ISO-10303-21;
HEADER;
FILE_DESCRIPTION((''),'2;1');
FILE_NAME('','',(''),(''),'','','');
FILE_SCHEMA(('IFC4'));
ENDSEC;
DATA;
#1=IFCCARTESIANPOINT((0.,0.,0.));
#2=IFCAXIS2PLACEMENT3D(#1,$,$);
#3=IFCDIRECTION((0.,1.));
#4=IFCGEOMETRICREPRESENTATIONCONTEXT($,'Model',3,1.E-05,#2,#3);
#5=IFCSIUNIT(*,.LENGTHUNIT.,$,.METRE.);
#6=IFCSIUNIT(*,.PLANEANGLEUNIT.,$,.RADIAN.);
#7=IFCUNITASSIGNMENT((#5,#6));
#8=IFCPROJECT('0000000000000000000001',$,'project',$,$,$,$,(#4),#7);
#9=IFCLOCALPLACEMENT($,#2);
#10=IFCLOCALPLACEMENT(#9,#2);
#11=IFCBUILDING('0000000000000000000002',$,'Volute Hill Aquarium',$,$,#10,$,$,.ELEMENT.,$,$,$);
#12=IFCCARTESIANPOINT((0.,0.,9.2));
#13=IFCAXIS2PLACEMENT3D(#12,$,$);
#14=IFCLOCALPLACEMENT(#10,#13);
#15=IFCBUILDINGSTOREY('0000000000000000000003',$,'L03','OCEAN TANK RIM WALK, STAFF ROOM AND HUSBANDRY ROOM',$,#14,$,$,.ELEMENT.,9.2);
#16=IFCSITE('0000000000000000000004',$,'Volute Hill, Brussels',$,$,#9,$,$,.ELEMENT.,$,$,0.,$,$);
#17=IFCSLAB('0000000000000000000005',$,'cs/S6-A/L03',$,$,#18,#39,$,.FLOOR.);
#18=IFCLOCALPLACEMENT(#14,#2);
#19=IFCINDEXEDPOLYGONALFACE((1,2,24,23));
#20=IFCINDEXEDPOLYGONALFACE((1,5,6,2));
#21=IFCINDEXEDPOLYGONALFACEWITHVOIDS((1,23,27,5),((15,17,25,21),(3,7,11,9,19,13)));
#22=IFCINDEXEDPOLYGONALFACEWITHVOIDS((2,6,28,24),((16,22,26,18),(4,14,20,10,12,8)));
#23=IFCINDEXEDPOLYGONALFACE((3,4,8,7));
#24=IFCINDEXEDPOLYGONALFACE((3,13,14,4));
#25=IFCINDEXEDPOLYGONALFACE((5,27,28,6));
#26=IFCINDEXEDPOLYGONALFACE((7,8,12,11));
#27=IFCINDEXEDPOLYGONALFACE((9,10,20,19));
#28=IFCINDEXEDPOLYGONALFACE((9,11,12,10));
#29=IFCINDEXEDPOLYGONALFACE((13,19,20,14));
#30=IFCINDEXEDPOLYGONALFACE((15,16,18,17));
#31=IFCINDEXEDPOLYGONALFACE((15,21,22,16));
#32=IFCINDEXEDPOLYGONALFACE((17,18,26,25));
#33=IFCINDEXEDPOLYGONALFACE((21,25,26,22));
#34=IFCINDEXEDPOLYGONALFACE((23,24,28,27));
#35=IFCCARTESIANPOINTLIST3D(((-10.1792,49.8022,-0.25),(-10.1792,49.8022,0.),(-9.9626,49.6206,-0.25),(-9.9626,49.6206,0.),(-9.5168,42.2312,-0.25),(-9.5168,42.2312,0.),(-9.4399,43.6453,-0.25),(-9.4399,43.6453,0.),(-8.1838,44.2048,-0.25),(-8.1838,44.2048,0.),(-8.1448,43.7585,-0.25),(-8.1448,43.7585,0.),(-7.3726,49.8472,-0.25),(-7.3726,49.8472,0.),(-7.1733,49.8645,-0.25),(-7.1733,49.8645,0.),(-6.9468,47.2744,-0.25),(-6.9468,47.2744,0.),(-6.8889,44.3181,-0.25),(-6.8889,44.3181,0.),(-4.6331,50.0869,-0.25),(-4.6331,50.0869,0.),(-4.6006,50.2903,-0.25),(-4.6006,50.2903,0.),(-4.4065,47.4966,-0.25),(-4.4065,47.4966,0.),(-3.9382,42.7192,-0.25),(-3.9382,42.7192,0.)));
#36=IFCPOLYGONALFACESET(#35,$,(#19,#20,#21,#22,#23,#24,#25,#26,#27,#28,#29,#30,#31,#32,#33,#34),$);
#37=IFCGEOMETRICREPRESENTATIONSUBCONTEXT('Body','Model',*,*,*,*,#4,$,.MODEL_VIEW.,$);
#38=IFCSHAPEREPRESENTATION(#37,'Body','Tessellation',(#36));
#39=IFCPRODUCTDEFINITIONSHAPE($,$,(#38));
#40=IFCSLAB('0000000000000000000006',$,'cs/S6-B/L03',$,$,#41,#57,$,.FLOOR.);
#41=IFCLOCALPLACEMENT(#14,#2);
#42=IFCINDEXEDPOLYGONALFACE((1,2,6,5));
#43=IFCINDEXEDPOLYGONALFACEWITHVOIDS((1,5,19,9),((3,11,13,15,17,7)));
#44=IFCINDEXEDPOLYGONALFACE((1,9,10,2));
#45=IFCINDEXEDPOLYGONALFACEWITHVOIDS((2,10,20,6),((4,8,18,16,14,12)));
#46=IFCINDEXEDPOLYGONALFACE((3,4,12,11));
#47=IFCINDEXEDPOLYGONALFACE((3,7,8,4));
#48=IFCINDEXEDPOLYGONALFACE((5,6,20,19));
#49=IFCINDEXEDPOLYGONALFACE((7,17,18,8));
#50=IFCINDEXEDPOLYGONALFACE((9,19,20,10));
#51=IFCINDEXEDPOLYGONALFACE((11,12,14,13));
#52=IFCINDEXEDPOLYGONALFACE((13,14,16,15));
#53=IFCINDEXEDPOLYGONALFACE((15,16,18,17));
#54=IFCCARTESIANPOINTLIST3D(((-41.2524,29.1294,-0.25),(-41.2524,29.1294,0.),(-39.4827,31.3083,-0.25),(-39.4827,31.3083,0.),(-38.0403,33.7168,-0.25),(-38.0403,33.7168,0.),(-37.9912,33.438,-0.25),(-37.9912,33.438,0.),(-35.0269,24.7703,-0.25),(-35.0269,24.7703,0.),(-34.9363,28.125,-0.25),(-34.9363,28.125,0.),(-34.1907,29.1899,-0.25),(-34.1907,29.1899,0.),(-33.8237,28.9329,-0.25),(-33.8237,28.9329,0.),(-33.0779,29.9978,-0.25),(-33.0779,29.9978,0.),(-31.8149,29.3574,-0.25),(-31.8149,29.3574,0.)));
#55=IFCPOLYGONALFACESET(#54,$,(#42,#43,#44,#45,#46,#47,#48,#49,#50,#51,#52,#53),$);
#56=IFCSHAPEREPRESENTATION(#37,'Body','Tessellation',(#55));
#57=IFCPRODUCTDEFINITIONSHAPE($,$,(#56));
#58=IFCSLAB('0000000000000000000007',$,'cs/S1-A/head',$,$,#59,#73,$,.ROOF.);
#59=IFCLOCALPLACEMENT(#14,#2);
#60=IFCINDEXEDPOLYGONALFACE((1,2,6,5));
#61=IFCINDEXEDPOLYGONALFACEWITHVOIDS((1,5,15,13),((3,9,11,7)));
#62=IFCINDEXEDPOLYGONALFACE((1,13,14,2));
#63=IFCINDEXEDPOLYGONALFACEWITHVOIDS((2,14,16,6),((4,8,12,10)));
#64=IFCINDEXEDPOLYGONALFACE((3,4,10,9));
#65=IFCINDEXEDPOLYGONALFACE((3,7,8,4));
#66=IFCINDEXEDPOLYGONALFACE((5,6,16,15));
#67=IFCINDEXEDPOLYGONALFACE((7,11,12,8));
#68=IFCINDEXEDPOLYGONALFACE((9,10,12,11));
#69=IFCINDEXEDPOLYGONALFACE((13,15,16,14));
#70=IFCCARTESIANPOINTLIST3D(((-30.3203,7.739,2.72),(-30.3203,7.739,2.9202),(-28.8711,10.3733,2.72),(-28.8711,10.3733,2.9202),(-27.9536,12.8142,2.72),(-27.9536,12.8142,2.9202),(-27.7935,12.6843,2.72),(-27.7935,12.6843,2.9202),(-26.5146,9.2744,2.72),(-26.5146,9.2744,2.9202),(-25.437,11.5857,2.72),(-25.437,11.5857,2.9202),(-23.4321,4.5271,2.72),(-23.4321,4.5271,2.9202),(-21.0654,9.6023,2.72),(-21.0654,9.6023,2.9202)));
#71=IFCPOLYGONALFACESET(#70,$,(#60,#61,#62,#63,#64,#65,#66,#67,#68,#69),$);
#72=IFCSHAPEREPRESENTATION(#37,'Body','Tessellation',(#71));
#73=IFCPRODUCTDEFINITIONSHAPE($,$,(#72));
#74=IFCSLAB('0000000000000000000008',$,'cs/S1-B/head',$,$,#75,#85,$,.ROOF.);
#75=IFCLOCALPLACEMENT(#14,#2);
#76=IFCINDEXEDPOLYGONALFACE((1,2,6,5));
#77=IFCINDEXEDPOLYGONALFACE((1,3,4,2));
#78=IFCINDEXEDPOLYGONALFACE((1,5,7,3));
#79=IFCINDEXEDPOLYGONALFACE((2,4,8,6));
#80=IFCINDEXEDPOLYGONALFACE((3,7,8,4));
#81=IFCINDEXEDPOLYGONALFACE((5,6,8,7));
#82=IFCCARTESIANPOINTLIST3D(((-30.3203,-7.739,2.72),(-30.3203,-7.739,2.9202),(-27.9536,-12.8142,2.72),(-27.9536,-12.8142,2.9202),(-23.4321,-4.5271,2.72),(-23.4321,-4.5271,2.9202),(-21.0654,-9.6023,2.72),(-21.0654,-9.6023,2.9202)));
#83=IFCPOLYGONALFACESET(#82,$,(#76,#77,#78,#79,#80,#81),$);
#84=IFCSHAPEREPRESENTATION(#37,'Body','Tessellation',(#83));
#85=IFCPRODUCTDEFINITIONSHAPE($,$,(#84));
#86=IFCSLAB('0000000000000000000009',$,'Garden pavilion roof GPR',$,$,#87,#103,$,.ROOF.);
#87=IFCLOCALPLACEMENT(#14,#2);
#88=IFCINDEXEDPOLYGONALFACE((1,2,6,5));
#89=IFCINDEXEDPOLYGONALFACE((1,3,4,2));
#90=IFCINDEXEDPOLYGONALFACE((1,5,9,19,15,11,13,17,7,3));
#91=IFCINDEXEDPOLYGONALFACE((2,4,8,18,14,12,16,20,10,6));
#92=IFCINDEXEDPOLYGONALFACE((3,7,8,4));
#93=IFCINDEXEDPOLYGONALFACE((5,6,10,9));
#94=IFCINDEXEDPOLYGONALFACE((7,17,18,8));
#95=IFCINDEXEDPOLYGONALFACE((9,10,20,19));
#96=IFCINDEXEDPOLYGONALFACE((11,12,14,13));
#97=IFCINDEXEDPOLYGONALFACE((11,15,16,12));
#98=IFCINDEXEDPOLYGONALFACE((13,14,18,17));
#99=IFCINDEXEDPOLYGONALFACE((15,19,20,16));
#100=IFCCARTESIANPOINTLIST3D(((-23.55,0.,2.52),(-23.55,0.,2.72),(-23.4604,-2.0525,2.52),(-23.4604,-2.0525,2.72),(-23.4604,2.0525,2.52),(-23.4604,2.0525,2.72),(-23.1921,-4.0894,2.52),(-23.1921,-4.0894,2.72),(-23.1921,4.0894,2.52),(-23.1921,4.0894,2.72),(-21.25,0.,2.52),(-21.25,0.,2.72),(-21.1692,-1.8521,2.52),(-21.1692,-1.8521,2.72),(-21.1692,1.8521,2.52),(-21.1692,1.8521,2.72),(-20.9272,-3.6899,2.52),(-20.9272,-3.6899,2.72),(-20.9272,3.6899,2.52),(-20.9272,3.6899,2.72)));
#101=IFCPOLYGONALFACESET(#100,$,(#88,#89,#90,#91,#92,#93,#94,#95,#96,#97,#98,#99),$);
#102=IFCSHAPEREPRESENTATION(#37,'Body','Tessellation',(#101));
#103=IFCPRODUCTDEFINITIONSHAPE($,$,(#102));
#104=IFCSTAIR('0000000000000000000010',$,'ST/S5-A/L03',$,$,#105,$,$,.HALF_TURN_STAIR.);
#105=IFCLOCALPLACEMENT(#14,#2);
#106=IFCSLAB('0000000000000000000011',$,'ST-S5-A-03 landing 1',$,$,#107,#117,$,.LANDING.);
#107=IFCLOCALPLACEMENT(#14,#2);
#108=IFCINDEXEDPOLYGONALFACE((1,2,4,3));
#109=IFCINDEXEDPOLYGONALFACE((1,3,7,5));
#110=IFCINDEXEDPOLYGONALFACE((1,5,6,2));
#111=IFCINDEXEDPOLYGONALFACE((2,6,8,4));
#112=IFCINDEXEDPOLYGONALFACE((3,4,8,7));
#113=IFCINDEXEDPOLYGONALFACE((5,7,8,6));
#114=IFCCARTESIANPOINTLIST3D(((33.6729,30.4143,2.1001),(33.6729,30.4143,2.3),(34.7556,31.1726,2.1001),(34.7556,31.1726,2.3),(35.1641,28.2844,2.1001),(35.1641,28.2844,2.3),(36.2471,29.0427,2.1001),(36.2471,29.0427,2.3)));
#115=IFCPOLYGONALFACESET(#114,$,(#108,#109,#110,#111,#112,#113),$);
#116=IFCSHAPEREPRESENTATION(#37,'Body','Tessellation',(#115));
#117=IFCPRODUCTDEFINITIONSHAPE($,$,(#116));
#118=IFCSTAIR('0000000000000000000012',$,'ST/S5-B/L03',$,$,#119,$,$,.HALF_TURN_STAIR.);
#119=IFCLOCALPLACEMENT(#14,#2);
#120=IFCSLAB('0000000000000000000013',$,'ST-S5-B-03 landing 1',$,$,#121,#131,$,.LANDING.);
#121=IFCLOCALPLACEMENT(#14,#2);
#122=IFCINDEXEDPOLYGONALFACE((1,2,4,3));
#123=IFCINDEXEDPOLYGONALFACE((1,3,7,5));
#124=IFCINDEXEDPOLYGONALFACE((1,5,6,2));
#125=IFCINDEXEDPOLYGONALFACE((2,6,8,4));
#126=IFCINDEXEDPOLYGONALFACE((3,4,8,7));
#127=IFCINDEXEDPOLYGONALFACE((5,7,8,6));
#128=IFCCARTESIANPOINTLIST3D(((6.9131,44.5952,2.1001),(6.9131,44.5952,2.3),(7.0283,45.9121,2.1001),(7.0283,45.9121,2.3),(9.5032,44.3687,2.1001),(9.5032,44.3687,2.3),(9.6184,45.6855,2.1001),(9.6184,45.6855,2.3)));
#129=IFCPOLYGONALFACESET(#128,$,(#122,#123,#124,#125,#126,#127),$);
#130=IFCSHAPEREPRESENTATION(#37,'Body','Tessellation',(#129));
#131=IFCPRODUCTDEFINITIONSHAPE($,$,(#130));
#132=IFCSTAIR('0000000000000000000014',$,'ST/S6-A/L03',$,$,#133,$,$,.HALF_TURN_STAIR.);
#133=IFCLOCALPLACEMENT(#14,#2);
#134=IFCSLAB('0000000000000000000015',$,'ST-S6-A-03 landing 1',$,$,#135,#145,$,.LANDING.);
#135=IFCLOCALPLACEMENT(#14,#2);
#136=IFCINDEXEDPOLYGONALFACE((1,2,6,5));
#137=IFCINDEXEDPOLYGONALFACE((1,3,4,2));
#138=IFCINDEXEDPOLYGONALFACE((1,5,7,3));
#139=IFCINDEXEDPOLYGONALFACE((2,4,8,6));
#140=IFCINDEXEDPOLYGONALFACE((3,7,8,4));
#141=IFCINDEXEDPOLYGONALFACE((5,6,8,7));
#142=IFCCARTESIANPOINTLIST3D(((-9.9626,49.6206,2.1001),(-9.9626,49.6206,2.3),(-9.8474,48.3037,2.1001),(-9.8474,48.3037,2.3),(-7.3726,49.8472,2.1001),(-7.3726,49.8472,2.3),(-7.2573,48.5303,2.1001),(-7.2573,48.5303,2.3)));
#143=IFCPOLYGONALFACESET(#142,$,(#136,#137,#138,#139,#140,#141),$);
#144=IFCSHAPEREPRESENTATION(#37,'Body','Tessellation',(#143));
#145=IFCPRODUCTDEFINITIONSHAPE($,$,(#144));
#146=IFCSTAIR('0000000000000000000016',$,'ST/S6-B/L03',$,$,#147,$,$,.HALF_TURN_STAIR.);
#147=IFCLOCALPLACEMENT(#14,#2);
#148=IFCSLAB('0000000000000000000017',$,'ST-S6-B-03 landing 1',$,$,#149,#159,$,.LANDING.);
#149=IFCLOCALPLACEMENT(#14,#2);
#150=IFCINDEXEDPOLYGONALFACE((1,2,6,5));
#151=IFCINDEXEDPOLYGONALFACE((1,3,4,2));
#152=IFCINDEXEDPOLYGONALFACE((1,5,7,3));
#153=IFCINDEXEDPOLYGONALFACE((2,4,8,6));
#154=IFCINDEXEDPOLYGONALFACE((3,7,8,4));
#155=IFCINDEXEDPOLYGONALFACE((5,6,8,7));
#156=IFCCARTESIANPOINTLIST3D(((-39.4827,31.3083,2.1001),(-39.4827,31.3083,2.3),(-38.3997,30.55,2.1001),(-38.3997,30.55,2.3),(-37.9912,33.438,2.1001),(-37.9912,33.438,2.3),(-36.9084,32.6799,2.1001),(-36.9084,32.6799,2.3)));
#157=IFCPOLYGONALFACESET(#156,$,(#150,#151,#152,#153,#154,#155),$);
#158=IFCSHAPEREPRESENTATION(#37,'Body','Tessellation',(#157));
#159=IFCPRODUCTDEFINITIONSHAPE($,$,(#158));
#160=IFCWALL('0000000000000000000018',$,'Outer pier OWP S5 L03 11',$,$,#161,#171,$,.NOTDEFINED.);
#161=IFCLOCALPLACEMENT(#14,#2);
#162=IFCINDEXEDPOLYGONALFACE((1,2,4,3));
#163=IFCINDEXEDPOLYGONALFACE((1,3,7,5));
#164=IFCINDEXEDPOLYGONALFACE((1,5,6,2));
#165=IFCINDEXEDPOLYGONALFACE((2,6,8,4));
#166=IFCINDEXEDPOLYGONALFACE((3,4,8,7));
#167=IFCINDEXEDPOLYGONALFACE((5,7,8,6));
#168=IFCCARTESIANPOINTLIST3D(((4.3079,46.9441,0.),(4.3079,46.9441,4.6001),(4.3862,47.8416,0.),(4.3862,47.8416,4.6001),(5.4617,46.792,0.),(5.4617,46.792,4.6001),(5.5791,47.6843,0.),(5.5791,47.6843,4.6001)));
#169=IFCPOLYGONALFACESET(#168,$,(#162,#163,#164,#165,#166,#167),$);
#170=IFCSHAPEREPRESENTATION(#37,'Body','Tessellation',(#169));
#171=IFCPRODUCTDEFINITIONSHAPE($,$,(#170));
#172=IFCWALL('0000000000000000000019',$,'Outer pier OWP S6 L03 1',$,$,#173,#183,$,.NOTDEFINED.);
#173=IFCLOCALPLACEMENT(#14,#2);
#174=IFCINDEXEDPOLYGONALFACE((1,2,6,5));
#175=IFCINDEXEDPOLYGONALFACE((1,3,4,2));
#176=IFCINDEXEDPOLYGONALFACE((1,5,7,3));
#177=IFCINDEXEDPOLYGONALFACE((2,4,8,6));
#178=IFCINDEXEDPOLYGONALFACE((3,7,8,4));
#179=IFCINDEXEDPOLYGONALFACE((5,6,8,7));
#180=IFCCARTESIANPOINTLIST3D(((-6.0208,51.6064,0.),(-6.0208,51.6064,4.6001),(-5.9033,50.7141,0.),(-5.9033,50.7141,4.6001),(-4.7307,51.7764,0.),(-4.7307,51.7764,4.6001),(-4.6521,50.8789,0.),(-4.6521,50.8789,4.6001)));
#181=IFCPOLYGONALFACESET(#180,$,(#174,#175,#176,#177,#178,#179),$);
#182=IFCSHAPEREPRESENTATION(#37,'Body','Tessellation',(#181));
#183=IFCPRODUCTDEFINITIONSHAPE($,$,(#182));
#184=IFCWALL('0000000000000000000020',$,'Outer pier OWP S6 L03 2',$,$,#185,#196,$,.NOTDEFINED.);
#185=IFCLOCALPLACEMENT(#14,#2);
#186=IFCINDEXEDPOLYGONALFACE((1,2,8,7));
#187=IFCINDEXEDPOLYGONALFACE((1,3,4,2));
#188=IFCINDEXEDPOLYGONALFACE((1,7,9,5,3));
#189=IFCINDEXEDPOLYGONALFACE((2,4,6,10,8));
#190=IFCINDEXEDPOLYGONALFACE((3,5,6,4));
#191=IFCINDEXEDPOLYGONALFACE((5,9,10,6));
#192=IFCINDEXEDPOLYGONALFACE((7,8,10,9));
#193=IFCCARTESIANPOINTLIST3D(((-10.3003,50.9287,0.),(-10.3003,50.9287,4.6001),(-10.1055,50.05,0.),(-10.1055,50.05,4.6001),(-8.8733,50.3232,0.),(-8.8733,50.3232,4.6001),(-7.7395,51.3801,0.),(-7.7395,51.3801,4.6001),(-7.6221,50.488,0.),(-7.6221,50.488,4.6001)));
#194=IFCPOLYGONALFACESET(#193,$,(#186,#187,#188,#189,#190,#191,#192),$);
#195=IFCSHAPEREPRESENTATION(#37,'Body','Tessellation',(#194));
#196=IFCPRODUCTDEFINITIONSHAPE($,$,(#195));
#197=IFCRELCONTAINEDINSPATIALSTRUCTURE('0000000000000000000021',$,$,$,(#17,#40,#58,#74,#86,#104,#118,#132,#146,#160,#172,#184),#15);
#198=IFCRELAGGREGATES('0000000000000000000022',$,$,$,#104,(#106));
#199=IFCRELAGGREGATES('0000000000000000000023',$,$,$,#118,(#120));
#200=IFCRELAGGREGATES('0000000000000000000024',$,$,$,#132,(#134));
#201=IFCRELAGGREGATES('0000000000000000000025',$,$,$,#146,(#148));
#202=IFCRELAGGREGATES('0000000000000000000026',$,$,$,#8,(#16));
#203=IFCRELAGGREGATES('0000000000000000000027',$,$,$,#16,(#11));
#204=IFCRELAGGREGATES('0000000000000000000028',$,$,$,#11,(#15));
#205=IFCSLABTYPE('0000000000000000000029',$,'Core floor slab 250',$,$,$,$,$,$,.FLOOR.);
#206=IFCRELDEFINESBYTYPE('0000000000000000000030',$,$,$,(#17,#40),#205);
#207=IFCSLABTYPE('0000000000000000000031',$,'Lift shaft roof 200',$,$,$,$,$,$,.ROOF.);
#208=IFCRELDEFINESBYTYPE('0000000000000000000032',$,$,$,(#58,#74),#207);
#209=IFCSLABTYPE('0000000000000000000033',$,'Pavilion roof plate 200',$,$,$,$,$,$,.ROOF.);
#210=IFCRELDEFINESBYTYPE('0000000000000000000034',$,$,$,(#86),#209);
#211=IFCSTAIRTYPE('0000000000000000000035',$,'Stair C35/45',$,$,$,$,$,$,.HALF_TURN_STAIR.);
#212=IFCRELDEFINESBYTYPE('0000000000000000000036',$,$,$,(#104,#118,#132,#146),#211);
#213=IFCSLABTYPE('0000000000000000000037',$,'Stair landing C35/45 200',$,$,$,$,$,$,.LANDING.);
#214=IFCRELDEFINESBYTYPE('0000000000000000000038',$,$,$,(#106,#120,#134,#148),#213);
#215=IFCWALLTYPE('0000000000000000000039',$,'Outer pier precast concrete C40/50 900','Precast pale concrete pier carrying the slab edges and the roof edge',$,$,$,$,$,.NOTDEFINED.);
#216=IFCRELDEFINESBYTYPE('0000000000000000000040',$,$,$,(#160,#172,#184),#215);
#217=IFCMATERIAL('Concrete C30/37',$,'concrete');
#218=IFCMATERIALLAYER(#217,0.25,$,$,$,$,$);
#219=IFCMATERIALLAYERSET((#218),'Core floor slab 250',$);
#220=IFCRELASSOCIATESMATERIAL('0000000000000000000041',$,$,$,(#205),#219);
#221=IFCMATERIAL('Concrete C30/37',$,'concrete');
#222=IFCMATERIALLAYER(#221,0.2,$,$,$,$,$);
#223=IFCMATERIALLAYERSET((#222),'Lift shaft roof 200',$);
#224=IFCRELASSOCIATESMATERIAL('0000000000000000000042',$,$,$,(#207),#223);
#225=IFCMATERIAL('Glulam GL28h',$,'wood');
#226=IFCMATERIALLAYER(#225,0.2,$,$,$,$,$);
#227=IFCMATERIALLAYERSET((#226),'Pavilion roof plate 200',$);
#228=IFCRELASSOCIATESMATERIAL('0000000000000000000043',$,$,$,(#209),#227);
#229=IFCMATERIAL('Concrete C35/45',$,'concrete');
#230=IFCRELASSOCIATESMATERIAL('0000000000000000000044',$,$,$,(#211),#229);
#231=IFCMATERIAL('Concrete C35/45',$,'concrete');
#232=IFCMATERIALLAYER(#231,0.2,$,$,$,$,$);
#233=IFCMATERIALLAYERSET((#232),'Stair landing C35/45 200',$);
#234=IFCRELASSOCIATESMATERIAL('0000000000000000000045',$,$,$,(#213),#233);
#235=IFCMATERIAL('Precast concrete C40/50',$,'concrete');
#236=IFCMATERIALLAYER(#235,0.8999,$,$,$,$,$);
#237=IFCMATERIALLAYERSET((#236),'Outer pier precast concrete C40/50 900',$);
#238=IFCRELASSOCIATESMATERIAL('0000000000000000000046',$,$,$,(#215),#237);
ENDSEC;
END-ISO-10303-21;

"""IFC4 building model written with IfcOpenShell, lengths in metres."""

from ifc_helpers import new_model, si_unit, direction, frame, origin, place, context, subcontext, project, spatial, polyline, outline, extrude, material, layer, layer_set, type_object, element, aggregate, save


model = new_model("IFC4")

# Units and contexts
model_context = context("Model", 3, precision=1e-05, world=origin(), true_north=direction((0.0, 1.0)))
body_context = subcontext(model_context, "Body", "Model", "MODEL_VIEW")
ifc_project = project(units=[si_unit("LENGTHUNIT", "METRE"), si_unit("PLANEANGLEUNIT", "RADIAN")], contexts=[model_context])

# Site, building, storey
site_placement = place(None, origin())
site = spatial("IfcSite", under=ifc_project, at=site_placement, Name="Volute Hill, Brussels", CompositionType="ELEMENT", RefElevation=0.0)
building_placement = place(site_placement, origin())
building = spatial("IfcBuilding", under=site, at=building_placement, Name="Volute Hill Aquarium", CompositionType="ELEMENT")
storey_placement = place(building_placement, frame((0.0, 0.0, 9.2)))
storey = spatial("IfcBuildingStorey", under=building, at=storey_placement, Name="L03", Description="OCEAN TANK RIM WALK, STAFF ROOM AND HUSBANDRY ROOM", CompositionType="ELEMENT", Elevation=9.2)

# Slabs
ifc_material_1 = material(Name="Concrete C30/37", Category="concrete")
ifc_layer_1 = layer(ifc_material_1, 0.25)
ifc_layer_set_1 = layer_set([ifc_layer_1], Name="Core floor slab 250")
slab_type_1 = type_object("IfcSlabType", Name="Core floor slab 250", PredefinedType="FLOOR", material=ifc_layer_set_1)
slab_1_placement = place(storey_placement, frame((0.0, 0.0, -0.25)))
element("IfcSlab", 1, at=slab_1_placement, inside=storey, type_object=slab_type_1, Name="cs/S6-A/L03", PredefinedType="FLOOR", context=body_context, shape_type="SweptSolid", body=[
    extrude(outline(polyline([(-3.9382, 42.7192), (-4.6006, 50.2903), (-10.1792, 49.8022), (-9.5168, 42.2312), (-3.9382, 42.7192)]), holes=[polyline([(-6.9468, 47.2744), (-7.1733, 49.8645), (-4.6331, 50.0869), (-4.4065, 47.4966), (-6.9468, 47.2744)]), polyline([(-8.1838, 44.2048), (-8.1448, 43.7585), (-9.4399, 43.6453), (-9.9626, 49.6206), (-7.3726, 49.8472), (-6.8889, 44.3181), (-8.1838, 44.2048)])]), origin(), (0.0, 0.0, 1.0), 0.25),
])
slab_2_placement = place(storey_placement, frame((0.0, 0.0, -0.25)))
element("IfcSlab", 2, at=slab_2_placement, inside=storey, type_object=slab_type_1, Name="cs/S6-B/L03", PredefinedType="FLOOR", context=body_context, shape_type="SweptSolid", body=[
    extrude(outline(polyline([(-31.8149, 29.3574), (-38.0403, 33.7168), (-41.2524, 29.1294), (-35.0269, 24.7703), (-31.8149, 29.3574)]), holes=[polyline([(-34.9363, 28.125), (-39.4827, 31.3083), (-37.9912, 33.438), (-33.0779, 29.9978), (-33.8237, 28.9329), (-34.1907, 29.1899), (-34.9363, 28.125)])]), origin(), (0.0, 0.0, 1.0), 0.25),
])
ifc_material_2 = material(Name="Concrete C30/37", Category="concrete")
ifc_layer_2 = layer(ifc_material_2, 0.2)
ifc_layer_set_2 = layer_set([ifc_layer_2], Name="Lift shaft roof 200")
slab_type_2 = type_object("IfcSlabType", Name="Lift shaft roof 200", PredefinedType="ROOF", material=ifc_layer_set_2)
slab_3_placement = place(storey_placement, frame((0.0, 0.0, 2.72)))
element("IfcSlab", 3, at=slab_3_placement, inside=storey, type_object=slab_type_2, Name="cs/S1-A/head", PredefinedType="ROOF", context=body_context, shape_type="SweptSolid", body=[
    extrude(outline(polyline([(-21.0654, 9.6023), (-27.9536, 12.8142), (-30.3203, 7.739), (-23.4321, 4.5271), (-21.0654, 9.6023)]), holes=[polyline([(-26.5146, 9.2744), (-28.8711, 10.3733), (-27.7935, 12.6843), (-25.437, 11.5857), (-26.5146, 9.2744)])]), origin(), (0.0, 0.0, 1.0), 0.2002),
])
slab_4_placement = place(storey_placement, frame((0.0, 0.0, 2.72)))
element("IfcSlab", 4, at=slab_4_placement, inside=storey, type_object=slab_type_2, Name="cs/S1-B/head", PredefinedType="ROOF", context=body_context, shape_type="SweptSolid", body=[
    extrude(outline(polyline([(-23.4321, -4.5271), (-30.3203, -7.739), (-27.9536, -12.8142), (-21.0654, -9.6023), (-23.4321, -4.5271)])), origin(), (0.0, 0.0, 1.0), 0.2002),
])
ifc_material_3 = material(Name="Glulam GL28h", Category="wood")
ifc_layer_3 = layer(ifc_material_3, 0.2)
ifc_layer_set_3 = layer_set([ifc_layer_3], Name="Pavilion roof plate 200")
slab_type_3 = type_object("IfcSlabType", Name="Pavilion roof plate 200", PredefinedType="ROOF", material=ifc_layer_set_3)
slab_5_placement = place(storey_placement, frame((0.0, 0.0, 2.52)))
element("IfcSlab", 5, at=slab_5_placement, inside=storey, type_object=slab_type_3, Name="Garden pavilion roof GPR", PredefinedType="ROOF", context=body_context, shape_type="SweptSolid", body=[
    extrude(outline(polyline([(-23.1921, 4.0894), (-23.4604, 2.0525), (-23.55, 0.0), (-23.4604, -2.0525), (-23.1921, -4.0894), (-20.9272, -3.6899), (-21.1692, -1.8521), (-21.25, 0.0), (-21.1692, 1.8521), (-20.9272, 3.6899), (-23.1921, 4.0894)])), origin(), (0.0, 0.0, 1.0), 0.2),
])

# Stairs, slabs
ifc_material_4 = material(Name="Concrete C35/45", Category="concrete")
stair_type = type_object("IfcStairType", Name="Stair C35/45", PredefinedType="HALF_TURN_STAIR", material=ifc_material_4)
stair_1_placement = place(storey_placement, origin())
stair_1 = element("IfcStair", 6, at=stair_1_placement, inside=storey, type_object=stair_type, Name="ST/S5-A/L03", PredefinedType="HALF_TURN_STAIR")
ifc_material_5 = material(Name="Concrete C35/45", Category="concrete")
ifc_layer_4 = layer(ifc_material_5, 0.2)
ifc_layer_set_4 = layer_set([ifc_layer_4], Name="Stair landing C35/45 200")
slab_type_4 = type_object("IfcSlabType", Name="Stair landing C35/45 200", PredefinedType="LANDING", material=ifc_layer_set_4)
slab_6_placement = place(storey_placement, frame((0.0, 0.0, 2.1001)))
slab_6 = element("IfcSlab", 7, at=slab_6_placement, type_object=slab_type_4, Name="ST-S5-A-03 landing 1", PredefinedType="LANDING", context=body_context, shape_type="SweptSolid", body=[
    extrude(outline(polyline([(35.1641, 28.2844), (36.2471, 29.0427), (34.7556, 31.1726), (33.6729, 30.4143), (35.1641, 28.2844)])), origin(), (0.0, 0.0, 1.0), 0.2),
])
aggregate(stair_1, [slab_6])
stair_2_placement = place(storey_placement, origin())
stair_2 = element("IfcStair", 8, at=stair_2_placement, inside=storey, type_object=stair_type, Name="ST/S5-B/L03", PredefinedType="HALF_TURN_STAIR")
slab_7_placement = place(storey_placement, frame((0.0, 0.0, 2.1001)))
slab_7 = element("IfcSlab", 9, at=slab_7_placement, type_object=slab_type_4, Name="ST-S5-B-03 landing 1", PredefinedType="LANDING", context=body_context, shape_type="SweptSolid", body=[
    extrude(outline(polyline([(9.5032, 44.3687), (9.6184, 45.6855), (7.0283, 45.9121), (6.9131, 44.5952), (9.5032, 44.3687)])), origin(), (0.0, 0.0, 1.0), 0.2),
])
aggregate(stair_2, [slab_7])
stair_3_placement = place(storey_placement, origin())
stair_3 = element("IfcStair", 10, at=stair_3_placement, inside=storey, type_object=stair_type, Name="ST/S6-A/L03", PredefinedType="HALF_TURN_STAIR")
slab_8_placement = place(storey_placement, frame((0.0, 0.0, 2.1001)))
slab_8 = element("IfcSlab", 11, at=slab_8_placement, type_object=slab_type_4, Name="ST-S6-A-03 landing 1", PredefinedType="LANDING", context=body_context, shape_type="SweptSolid", body=[
    extrude(outline(polyline([(-7.2573, 48.5303), (-7.3726, 49.8472), (-9.9626, 49.6206), (-9.8474, 48.3037), (-7.2573, 48.5303)])), origin(), (0.0, 0.0, 1.0), 0.2),
])
aggregate(stair_3, [slab_8])
stair_4_placement = place(storey_placement, origin())
stair_4 = element("IfcStair", 12, at=stair_4_placement, inside=storey, type_object=stair_type, Name="ST/S6-B/L03", PredefinedType="HALF_TURN_STAIR")
slab_9_placement = place(storey_placement, frame((0.0, 0.0, 2.1001)))
slab_9 = element("IfcSlab", 13, at=slab_9_placement, type_object=slab_type_4, Name="ST-S6-B-03 landing 1", PredefinedType="LANDING", context=body_context, shape_type="SweptSolid", body=[
    extrude(outline(polyline([(-36.9084, 32.6799), (-37.9912, 33.438), (-39.4827, 31.3083), (-38.3997, 30.55), (-36.9084, 32.6799)])), origin(), (0.0, 0.0, 1.0), 0.2),
])
aggregate(stair_4, [slab_9])

# Walls
ifc_material_6 = material(Name="Precast concrete C40/50", Category="concrete")
ifc_layer_5 = layer(ifc_material_6, 0.8999)
ifc_layer_set_5 = layer_set([ifc_layer_5], Name="Outer pier precast concrete C40/50 900")
wall_type = type_object("IfcWallType", Name="Outer pier precast concrete C40/50 900", Description="Precast pale concrete pier carrying the slab edges and the roof edge", PredefinedType="NOTDEFINED", material=ifc_layer_set_5)
wall_1_placement = place(storey_placement, origin())
element("IfcWall", 14, at=wall_1_placement, inside=storey, type_object=wall_type, Name="Outer pier OWP S5 L03 11", PredefinedType="NOTDEFINED", context=body_context, shape_type="SweptSolid", body=[
    extrude(outline(polyline([(5.4617, 46.792), (5.5791, 47.6843), (4.3862, 47.8416), (4.3079, 46.9441), (5.4617, 46.792)])), origin(), (0.0, 0.0, 1.0), 4.6001),
])
wall_2_placement = place(storey_placement, origin())
element("IfcWall", 15, at=wall_2_placement, inside=storey, type_object=wall_type, Name="Outer pier OWP S6 L03 1", PredefinedType="NOTDEFINED", context=body_context, shape_type="SweptSolid", body=[
    extrude(outline(polyline([(-4.6521, 50.8789), (-4.7307, 51.7764), (-6.0208, 51.6064), (-5.9033, 50.7141), (-4.6521, 50.8789)])), origin(), (0.0, 0.0, 1.0), 4.6001),
])
wall_3_placement = place(storey_placement, origin())
element("IfcWall", 16, at=wall_3_placement, inside=storey, type_object=wall_type, Name="Outer pier OWP S6 L03 2", PredefinedType="NOTDEFINED", context=body_context, shape_type="SweptSolid", body=[
    extrude(outline(polyline([(-7.6221, 50.488), (-7.7395, 51.3801), (-10.3003, 50.9287), (-10.1055, 50.05), (-8.8733, 50.3232), (-7.6221, 50.488)])), origin(), (0.0, 0.0, 1.0), 4.6001),
])

save(model, "model.ifc")
